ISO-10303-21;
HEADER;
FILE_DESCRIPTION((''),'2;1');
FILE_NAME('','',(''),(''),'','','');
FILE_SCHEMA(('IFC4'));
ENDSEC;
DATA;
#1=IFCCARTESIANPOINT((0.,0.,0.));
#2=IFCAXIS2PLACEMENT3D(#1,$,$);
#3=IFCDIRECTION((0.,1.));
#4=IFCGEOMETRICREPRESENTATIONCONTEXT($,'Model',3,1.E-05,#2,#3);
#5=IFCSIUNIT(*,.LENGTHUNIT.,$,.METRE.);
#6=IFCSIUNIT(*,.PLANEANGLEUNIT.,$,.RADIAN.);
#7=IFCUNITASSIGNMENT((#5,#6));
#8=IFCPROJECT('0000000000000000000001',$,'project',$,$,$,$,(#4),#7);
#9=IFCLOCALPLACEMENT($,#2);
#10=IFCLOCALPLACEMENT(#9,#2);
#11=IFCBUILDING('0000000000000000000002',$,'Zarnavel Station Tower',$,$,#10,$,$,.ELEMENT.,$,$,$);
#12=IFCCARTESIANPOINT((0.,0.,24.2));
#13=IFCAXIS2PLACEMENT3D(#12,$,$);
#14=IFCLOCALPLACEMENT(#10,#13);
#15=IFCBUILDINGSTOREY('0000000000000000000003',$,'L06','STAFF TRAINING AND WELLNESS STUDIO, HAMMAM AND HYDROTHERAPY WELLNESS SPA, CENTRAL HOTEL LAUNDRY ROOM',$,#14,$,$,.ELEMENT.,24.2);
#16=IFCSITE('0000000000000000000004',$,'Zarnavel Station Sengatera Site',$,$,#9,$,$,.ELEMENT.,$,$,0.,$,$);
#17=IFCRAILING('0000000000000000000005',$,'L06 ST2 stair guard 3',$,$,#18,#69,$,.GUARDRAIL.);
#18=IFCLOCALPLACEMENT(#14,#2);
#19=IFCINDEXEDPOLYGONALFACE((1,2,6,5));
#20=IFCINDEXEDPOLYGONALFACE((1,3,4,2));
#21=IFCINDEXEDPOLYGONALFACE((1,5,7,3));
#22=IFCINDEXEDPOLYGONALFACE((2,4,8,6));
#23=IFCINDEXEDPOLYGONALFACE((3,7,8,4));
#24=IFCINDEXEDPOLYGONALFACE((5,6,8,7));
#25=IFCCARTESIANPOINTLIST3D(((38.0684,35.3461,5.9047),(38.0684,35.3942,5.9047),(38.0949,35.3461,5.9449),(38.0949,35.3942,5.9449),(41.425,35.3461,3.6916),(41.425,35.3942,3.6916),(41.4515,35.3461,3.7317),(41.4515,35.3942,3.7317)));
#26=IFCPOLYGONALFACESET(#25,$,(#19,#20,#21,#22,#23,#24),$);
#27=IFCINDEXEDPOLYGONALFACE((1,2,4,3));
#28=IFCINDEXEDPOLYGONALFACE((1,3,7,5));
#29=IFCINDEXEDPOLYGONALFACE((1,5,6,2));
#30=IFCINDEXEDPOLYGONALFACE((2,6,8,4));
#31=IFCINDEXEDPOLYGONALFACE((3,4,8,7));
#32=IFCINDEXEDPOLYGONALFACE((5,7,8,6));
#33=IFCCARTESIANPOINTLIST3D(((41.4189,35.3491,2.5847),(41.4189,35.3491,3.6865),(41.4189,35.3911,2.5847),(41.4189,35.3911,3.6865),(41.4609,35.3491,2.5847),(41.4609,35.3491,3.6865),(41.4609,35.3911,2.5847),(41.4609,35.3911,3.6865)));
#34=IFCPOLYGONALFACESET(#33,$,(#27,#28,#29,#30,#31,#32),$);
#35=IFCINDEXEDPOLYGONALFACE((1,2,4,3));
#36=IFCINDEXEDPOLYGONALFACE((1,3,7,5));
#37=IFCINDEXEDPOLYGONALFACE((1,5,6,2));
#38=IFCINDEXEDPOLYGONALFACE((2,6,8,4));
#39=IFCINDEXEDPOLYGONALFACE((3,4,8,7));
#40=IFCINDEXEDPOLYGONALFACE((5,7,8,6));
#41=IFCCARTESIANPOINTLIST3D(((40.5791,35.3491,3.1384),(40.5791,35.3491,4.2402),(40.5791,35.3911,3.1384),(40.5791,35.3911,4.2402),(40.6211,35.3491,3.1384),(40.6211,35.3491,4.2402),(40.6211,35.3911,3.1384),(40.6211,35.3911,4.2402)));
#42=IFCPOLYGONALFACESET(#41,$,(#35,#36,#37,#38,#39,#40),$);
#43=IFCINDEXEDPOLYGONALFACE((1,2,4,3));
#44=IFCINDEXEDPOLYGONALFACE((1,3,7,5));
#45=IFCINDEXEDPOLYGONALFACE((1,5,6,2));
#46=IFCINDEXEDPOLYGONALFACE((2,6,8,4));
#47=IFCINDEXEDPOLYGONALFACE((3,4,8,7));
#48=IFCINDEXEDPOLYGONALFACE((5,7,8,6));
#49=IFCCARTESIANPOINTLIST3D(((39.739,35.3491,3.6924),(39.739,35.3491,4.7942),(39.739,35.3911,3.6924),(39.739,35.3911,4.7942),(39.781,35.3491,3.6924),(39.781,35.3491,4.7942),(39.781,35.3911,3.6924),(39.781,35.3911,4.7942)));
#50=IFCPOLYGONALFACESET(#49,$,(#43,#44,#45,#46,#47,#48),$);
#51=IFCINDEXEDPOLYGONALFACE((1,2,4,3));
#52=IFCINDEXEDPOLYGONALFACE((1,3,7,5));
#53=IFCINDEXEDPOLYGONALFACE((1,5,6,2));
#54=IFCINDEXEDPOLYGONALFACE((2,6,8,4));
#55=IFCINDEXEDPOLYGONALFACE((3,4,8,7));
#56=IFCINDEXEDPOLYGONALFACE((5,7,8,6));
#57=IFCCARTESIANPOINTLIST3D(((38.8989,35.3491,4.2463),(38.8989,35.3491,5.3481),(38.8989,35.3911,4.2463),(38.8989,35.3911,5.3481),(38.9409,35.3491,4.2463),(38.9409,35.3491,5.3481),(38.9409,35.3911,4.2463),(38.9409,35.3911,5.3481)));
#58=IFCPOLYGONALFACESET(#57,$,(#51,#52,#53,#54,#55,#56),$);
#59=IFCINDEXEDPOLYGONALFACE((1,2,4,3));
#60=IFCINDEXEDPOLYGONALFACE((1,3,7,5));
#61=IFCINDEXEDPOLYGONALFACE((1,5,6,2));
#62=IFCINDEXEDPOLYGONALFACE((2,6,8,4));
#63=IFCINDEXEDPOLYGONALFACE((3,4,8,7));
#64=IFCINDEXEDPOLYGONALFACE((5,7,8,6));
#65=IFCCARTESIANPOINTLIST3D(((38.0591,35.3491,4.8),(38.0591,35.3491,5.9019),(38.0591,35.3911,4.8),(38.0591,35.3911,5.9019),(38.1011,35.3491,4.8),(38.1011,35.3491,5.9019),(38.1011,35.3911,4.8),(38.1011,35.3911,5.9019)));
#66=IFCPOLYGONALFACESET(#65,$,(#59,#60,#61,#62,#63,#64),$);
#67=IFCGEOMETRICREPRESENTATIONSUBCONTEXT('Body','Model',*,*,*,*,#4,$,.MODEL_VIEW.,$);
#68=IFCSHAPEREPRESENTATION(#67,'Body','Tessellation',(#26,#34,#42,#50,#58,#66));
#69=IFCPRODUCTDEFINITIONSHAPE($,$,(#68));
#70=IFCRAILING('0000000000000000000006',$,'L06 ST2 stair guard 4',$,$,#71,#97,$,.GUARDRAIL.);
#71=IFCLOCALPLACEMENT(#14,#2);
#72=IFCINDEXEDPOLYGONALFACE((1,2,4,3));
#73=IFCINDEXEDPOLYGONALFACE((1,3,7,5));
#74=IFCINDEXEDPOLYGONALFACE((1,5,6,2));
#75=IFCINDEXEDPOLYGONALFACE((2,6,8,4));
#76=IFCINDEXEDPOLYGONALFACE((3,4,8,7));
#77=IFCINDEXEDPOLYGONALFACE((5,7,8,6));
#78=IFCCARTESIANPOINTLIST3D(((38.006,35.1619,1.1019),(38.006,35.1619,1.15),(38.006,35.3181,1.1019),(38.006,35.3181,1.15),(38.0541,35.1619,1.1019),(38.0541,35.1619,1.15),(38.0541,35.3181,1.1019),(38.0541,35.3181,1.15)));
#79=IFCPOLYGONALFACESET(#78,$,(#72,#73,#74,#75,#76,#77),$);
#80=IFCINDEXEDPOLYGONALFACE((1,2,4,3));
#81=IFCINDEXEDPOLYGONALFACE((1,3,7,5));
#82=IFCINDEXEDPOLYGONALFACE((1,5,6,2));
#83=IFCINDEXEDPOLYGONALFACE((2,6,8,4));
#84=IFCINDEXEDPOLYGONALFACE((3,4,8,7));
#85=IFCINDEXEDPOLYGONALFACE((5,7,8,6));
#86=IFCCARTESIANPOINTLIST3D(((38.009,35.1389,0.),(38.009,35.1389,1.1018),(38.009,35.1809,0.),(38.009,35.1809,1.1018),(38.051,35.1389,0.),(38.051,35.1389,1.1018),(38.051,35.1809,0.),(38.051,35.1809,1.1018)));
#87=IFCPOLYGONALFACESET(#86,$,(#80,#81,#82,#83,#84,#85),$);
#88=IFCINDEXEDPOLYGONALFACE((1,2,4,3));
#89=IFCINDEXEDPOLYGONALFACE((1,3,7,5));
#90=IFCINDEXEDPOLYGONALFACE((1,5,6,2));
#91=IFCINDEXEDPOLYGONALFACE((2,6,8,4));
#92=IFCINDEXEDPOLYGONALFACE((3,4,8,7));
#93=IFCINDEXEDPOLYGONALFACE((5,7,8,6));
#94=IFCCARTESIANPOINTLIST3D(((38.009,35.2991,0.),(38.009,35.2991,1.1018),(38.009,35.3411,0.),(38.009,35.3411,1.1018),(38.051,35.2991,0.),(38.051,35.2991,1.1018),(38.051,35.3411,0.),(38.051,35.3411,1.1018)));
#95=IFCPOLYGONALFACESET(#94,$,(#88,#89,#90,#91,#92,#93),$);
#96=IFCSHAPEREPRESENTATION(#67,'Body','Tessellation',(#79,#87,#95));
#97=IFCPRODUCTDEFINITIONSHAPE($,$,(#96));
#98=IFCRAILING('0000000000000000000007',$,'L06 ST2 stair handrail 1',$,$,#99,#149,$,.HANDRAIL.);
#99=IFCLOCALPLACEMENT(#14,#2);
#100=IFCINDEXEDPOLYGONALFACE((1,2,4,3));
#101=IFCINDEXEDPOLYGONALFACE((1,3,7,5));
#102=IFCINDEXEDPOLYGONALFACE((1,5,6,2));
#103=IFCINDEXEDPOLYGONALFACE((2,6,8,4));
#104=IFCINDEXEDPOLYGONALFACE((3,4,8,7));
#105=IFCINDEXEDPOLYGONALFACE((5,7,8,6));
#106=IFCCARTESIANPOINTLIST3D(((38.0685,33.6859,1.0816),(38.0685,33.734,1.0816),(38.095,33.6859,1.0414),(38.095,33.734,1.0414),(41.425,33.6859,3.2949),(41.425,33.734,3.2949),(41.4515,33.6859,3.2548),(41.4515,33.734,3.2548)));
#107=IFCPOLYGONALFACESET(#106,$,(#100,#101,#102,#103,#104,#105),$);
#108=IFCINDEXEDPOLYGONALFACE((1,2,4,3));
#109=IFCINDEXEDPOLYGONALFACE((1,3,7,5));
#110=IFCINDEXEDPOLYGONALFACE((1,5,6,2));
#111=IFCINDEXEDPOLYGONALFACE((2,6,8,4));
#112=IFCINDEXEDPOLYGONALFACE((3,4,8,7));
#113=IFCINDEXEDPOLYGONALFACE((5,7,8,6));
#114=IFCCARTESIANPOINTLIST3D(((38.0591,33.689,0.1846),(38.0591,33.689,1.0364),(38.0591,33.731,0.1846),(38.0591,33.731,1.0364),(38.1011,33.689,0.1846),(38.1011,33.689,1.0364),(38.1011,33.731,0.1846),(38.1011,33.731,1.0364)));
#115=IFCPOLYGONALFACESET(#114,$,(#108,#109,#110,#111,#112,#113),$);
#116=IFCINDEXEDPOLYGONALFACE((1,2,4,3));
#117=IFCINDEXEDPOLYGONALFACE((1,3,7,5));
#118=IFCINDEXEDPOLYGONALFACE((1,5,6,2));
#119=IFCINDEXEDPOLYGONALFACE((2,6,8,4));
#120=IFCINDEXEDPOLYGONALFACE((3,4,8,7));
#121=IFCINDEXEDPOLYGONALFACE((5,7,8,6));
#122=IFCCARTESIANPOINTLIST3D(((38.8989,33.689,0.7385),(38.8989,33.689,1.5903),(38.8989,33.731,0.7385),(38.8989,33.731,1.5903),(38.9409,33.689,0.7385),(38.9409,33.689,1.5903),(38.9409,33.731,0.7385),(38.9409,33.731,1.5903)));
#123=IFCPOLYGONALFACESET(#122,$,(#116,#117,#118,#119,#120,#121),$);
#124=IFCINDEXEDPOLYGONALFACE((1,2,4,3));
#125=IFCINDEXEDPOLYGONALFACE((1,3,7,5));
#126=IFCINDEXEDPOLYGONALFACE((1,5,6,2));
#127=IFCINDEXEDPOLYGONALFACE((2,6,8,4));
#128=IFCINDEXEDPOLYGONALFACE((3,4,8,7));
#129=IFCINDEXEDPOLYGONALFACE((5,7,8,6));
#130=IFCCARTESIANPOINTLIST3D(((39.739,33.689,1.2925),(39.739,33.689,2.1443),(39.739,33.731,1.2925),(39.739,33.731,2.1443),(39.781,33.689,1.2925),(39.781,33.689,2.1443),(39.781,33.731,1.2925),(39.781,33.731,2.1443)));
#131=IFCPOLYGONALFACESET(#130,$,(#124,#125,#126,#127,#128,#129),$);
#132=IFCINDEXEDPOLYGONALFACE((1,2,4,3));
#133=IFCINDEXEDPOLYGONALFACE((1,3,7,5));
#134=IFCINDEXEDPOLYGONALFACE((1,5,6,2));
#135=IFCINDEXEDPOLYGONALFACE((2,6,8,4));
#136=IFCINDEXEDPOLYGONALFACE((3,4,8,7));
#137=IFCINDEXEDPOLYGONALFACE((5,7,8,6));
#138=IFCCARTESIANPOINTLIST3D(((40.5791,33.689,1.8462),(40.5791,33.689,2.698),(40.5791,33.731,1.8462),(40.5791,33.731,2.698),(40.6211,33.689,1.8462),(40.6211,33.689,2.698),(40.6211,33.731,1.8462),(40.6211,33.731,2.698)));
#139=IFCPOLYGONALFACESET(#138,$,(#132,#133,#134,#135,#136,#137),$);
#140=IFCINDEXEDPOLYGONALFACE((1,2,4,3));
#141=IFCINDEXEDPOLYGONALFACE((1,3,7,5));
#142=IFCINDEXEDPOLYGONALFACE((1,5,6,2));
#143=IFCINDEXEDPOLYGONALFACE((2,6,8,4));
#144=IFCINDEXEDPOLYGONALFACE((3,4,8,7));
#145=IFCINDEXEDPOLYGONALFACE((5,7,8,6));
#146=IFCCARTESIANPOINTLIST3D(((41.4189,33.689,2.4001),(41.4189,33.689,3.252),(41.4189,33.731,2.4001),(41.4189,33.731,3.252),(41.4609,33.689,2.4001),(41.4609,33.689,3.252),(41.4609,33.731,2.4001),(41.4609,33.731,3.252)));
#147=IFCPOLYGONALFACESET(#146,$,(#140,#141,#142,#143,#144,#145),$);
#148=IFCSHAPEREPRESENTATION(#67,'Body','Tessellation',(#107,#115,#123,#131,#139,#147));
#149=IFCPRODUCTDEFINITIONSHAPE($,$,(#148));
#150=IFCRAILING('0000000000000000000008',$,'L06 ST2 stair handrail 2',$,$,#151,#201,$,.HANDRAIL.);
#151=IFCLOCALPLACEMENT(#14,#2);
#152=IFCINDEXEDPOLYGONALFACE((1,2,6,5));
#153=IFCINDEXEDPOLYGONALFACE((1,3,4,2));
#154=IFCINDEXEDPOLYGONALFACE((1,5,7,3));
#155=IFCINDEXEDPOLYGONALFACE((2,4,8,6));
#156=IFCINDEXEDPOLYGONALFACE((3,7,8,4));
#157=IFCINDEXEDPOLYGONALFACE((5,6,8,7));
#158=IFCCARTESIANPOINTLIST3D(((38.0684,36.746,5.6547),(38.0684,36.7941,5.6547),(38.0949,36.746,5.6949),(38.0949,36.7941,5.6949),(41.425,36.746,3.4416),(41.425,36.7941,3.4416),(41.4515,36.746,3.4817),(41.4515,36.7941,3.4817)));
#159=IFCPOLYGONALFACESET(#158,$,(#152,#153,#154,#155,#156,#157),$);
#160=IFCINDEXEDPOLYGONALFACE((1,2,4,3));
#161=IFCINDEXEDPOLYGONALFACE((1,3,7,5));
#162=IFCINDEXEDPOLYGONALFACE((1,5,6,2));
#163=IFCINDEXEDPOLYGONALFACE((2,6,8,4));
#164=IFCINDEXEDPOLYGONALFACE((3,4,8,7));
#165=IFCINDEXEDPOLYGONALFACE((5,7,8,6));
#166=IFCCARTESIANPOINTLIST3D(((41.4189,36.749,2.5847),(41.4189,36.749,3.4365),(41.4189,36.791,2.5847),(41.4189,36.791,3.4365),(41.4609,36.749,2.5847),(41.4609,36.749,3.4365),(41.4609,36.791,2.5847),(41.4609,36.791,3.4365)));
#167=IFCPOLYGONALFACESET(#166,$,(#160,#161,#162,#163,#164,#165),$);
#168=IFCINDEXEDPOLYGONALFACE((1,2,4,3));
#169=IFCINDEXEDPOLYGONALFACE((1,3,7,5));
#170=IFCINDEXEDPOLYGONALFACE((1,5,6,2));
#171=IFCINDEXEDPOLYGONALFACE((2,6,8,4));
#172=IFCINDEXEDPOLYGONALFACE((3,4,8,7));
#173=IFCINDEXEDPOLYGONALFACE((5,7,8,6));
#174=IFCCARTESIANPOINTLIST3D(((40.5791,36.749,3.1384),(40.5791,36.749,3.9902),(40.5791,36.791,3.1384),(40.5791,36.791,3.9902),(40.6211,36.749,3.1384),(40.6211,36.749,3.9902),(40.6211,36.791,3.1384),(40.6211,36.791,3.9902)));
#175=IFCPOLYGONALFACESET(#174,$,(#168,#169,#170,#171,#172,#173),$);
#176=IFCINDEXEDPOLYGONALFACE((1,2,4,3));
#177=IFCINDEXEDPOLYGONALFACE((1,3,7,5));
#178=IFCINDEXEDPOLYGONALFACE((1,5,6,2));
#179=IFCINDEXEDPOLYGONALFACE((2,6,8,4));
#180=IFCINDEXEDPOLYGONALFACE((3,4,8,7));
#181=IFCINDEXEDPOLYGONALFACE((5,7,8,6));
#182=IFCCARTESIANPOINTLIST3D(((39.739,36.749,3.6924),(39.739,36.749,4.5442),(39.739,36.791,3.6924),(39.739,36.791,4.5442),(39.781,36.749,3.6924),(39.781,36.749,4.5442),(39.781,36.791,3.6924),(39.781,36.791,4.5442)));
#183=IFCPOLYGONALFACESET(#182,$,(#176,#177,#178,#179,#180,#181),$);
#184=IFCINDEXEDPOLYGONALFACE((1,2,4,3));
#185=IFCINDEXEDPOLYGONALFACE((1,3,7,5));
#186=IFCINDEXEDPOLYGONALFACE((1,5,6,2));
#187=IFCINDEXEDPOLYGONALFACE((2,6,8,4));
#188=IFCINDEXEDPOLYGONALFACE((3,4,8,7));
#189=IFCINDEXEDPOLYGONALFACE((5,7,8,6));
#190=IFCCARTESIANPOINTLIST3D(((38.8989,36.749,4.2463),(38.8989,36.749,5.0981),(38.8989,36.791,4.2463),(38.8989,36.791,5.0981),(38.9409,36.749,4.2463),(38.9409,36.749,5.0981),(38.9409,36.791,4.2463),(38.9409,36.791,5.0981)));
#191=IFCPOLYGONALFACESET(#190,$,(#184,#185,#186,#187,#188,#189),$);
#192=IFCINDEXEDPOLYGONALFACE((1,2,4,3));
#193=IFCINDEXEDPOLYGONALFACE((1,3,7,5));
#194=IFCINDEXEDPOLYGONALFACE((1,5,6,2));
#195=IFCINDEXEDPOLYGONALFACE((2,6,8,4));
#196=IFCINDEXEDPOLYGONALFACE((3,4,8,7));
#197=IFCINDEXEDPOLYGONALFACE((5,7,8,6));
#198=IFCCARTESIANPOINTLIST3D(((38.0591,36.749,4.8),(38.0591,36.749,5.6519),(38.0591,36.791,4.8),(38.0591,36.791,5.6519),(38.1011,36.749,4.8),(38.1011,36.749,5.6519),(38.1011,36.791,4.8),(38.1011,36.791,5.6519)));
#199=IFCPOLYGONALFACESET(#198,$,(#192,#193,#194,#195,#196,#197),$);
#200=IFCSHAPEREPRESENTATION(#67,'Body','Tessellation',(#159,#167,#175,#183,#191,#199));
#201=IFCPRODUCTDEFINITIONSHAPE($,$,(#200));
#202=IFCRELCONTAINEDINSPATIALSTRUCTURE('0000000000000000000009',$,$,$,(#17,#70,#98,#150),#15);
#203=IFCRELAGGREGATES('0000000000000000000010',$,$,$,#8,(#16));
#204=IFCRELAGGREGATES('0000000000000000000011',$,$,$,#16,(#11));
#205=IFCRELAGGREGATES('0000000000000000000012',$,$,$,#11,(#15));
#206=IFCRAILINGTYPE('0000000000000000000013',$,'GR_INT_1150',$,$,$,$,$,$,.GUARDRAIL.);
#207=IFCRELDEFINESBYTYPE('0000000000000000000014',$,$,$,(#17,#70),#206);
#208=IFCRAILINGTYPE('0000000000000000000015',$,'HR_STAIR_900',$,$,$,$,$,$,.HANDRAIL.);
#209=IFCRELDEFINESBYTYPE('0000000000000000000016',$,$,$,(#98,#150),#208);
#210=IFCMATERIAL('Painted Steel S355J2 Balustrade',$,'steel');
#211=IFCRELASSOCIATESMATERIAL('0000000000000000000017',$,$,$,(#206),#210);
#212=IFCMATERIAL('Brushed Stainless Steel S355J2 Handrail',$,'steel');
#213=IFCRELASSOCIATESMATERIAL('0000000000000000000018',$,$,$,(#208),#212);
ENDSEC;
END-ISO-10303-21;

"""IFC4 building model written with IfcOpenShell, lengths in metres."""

from ifc_helpers import new_model, si_unit, direction, frame, origin, origin_2d, place, context, subcontext, project, spatial, rectangle, extrude, material, type_object, element, save


model = new_model("IFC4")

# Units and contexts
model_context = context("Model", 3, precision=1e-05, world=origin(), true_north=direction((0.0, 1.0)))
body_context = subcontext(model_context, "Body", "Model", "MODEL_VIEW")
ifc_project = project(units=[si_unit("LENGTHUNIT", "METRE"), si_unit("PLANEANGLEUNIT", "RADIAN")], contexts=[model_context])

# Site, building, storey
site_placement = place(None, origin())
site = spatial("IfcSite", under=ifc_project, at=site_placement, Name="Zarnavel Station Sengatera Site", CompositionType="ELEMENT", RefElevation=0.0)
building_placement = place(site_placement, origin())
building = spatial("IfcBuilding", under=site, at=building_placement, Name="Zarnavel Station Tower", CompositionType="ELEMENT")
storey_placement = place(building_placement, frame((0.0, 0.0, 24.2)))
storey = spatial("IfcBuildingStorey", under=building, at=storey_placement, Name="L06", Description="STAFF TRAINING AND WELLNESS STUDIO, HAMMAM AND HYDROTHERAPY WELLNESS SPA, CENTRAL HOTEL LAUNDRY ROOM", CompositionType="ELEMENT", Elevation=24.2)

# Railings
ifc_material_1 = material(Name="Painted Steel S355J2 Balustrade", Category="steel")
railing_type_1 = type_object("IfcRailingType", Name="GR_INT_1150", PredefinedType="GUARDRAIL", material=ifc_material_1)
railing_1_placement = place(storey_placement, frame((41.4399, 35.3701, 2.5847)))
element("IfcRailing", 1, at=railing_1_placement, inside=storey, type_object=railing_type_1, Name="L06 ST2 stair guard 3", PredefinedType="GUARDRAIL", context=body_context, shape_type="SweptSolid", body=[
    extrude(rectangle(XDim=0.0481, YDim=0.0481, at=origin_2d()), frame((-0.0017, 0.0, 1.127), z_axis=(-0.834858, 0.0, 0.550465), x_axis=(0.0, -1.0, 0.0)), (0.0, 0.0, 1.0), 4.0205),
    extrude(rectangle(XDim=0.042, YDim=0.042, at=origin_2d()), origin(), (0.0, 0.0, 1.0), 1.1018),
    extrude(rectangle(XDim=0.042, YDim=0.042, at=origin_2d()), frame((-0.8398, 0.0, 0.5537)), (0.0, 0.0, 1.0), 1.1018),
    extrude(rectangle(XDim=0.042, YDim=0.042, at=origin_2d()), frame((-1.6799, 0.0, 1.1077)), (0.0, 0.0, 1.0), 1.1018),
    extrude(rectangle(XDim=0.042, YDim=0.042, at=origin_2d()), frame((-2.52, 0.0, 1.6616)), (0.0, 0.0, 1.0), 1.1018),
    extrude(rectangle(XDim=0.042, YDim=0.042, at=origin_2d()), frame((-3.3599, 0.0, 2.2153)), (0.0, 0.0, 1.0), 1.1018),
])
railing_2_placement = place(storey_placement, frame((38.03, 35.1599, 0.0)))
element("IfcRailing", 2, at=railing_2_placement, inside=storey, type_object=railing_type_1, Name="L06 ST2 stair guard 4", PredefinedType="GUARDRAIL", context=body_context, shape_type="SweptSolid", body=[
    extrude(rectangle(XDim=0.0481, YDim=0.0481, at=origin_2d()), frame((0.0, 0.002, 1.126), z_axis=(0.0, 1.0, 0.0), x_axis=(-1.0, 0.0, 0.0)), (0.0, 0.0, 1.0), 0.1562),
    extrude(rectangle(XDim=0.042, YDim=0.042, at=origin_2d()), origin(), (0.0, 0.0, 1.0), 1.1018),
    extrude(rectangle(XDim=0.042, YDim=0.042, at=origin_2d()), frame((0.0, 0.1602, 0.0)), (0.0, 0.0, 1.0), 1.1018),
])
ifc_material_2 = material(Name="Brushed Stainless Steel S355J2 Handrail", Category="steel")
railing_type_2 = type_object("IfcRailingType", Name="HR_STAIR_900", PredefinedType="HANDRAIL", material=ifc_material_2)
railing_3_placement = place(storey_placement, frame((38.0801, 33.71, 0.1846)))
element("IfcRailing", 3, at=railing_3_placement, inside=storey, type_object=railing_type_2, Name="L06 ST2 stair handrail 1", PredefinedType="HANDRAIL", context=body_context, shape_type="SweptSolid", body=[
    extrude(rectangle(XDim=0.0481, YDim=0.0481, at=origin_2d()), frame((0.0017, 0.0, 0.877), z_axis=(0.83483, 0.0, 0.550508), x_axis=(0.0, 1.0, 0.0)), (0.0, 0.0, 1.0), 4.0205),
    extrude(rectangle(XDim=0.042, YDim=0.042, at=origin_2d()), origin(), (0.0, 0.0, 1.0), 0.8518),
    extrude(rectangle(XDim=0.042, YDim=0.042, at=origin_2d()), frame((0.8398, 0.0, 0.554)), (0.0, 0.0, 1.0), 0.8518),
    extrude(rectangle(XDim=0.042, YDim=0.042, at=origin_2d()), frame((1.6799, 0.0, 1.1079)), (0.0, 0.0, 1.0), 0.8518),
    extrude(rectangle(XDim=0.042, YDim=0.042, at=origin_2d()), frame((2.52, 0.0, 1.6616)), (0.0, 0.0, 1.0), 0.8518),
    extrude(rectangle(XDim=0.042, YDim=0.042, at=origin_2d()), frame((3.3599, 0.0, 2.2156)), (0.0, 0.0, 1.0), 0.8518),
])
railing_4_placement = place(storey_placement, frame((41.4399, 36.77, 2.5847)))
element("IfcRailing", 4, at=railing_4_placement, inside=storey, type_object=railing_type_2, Name="L06 ST2 stair handrail 2", PredefinedType="HANDRAIL", context=body_context, shape_type="SweptSolid", body=[
    extrude(rectangle(XDim=0.0481, YDim=0.0481, at=origin_2d()), frame((-0.0017, 0.0, 0.877), z_axis=(-0.834858, 0.0, 0.550465), x_axis=(0.0, -1.0, 0.0)), (0.0, 0.0, 1.0), 4.0205),
    extrude(rectangle(XDim=0.042, YDim=0.042, at=origin_2d()), origin(), (0.0, 0.0, 1.0), 0.8518),
    extrude(rectangle(XDim=0.042, YDim=0.042, at=origin_2d()), frame((-0.8398, 0.0, 0.5537)), (0.0, 0.0, 1.0), 0.8518),
    extrude(rectangle(XDim=0.042, YDim=0.042, at=origin_2d()), frame((-1.6799, 0.0, 1.1077)), (0.0, 0.0, 1.0), 0.8518),
    extrude(rectangle(XDim=0.042, YDim=0.042, at=origin_2d()), frame((-2.52, 0.0, 1.6616)), (0.0, 0.0, 1.0), 0.8518),
    extrude(rectangle(XDim=0.042, YDim=0.042, at=origin_2d()), frame((-3.3599, 0.0, 2.2153)), (0.0, 0.0, 1.0), 0.8518),
])

save(model, "model.ifc")
